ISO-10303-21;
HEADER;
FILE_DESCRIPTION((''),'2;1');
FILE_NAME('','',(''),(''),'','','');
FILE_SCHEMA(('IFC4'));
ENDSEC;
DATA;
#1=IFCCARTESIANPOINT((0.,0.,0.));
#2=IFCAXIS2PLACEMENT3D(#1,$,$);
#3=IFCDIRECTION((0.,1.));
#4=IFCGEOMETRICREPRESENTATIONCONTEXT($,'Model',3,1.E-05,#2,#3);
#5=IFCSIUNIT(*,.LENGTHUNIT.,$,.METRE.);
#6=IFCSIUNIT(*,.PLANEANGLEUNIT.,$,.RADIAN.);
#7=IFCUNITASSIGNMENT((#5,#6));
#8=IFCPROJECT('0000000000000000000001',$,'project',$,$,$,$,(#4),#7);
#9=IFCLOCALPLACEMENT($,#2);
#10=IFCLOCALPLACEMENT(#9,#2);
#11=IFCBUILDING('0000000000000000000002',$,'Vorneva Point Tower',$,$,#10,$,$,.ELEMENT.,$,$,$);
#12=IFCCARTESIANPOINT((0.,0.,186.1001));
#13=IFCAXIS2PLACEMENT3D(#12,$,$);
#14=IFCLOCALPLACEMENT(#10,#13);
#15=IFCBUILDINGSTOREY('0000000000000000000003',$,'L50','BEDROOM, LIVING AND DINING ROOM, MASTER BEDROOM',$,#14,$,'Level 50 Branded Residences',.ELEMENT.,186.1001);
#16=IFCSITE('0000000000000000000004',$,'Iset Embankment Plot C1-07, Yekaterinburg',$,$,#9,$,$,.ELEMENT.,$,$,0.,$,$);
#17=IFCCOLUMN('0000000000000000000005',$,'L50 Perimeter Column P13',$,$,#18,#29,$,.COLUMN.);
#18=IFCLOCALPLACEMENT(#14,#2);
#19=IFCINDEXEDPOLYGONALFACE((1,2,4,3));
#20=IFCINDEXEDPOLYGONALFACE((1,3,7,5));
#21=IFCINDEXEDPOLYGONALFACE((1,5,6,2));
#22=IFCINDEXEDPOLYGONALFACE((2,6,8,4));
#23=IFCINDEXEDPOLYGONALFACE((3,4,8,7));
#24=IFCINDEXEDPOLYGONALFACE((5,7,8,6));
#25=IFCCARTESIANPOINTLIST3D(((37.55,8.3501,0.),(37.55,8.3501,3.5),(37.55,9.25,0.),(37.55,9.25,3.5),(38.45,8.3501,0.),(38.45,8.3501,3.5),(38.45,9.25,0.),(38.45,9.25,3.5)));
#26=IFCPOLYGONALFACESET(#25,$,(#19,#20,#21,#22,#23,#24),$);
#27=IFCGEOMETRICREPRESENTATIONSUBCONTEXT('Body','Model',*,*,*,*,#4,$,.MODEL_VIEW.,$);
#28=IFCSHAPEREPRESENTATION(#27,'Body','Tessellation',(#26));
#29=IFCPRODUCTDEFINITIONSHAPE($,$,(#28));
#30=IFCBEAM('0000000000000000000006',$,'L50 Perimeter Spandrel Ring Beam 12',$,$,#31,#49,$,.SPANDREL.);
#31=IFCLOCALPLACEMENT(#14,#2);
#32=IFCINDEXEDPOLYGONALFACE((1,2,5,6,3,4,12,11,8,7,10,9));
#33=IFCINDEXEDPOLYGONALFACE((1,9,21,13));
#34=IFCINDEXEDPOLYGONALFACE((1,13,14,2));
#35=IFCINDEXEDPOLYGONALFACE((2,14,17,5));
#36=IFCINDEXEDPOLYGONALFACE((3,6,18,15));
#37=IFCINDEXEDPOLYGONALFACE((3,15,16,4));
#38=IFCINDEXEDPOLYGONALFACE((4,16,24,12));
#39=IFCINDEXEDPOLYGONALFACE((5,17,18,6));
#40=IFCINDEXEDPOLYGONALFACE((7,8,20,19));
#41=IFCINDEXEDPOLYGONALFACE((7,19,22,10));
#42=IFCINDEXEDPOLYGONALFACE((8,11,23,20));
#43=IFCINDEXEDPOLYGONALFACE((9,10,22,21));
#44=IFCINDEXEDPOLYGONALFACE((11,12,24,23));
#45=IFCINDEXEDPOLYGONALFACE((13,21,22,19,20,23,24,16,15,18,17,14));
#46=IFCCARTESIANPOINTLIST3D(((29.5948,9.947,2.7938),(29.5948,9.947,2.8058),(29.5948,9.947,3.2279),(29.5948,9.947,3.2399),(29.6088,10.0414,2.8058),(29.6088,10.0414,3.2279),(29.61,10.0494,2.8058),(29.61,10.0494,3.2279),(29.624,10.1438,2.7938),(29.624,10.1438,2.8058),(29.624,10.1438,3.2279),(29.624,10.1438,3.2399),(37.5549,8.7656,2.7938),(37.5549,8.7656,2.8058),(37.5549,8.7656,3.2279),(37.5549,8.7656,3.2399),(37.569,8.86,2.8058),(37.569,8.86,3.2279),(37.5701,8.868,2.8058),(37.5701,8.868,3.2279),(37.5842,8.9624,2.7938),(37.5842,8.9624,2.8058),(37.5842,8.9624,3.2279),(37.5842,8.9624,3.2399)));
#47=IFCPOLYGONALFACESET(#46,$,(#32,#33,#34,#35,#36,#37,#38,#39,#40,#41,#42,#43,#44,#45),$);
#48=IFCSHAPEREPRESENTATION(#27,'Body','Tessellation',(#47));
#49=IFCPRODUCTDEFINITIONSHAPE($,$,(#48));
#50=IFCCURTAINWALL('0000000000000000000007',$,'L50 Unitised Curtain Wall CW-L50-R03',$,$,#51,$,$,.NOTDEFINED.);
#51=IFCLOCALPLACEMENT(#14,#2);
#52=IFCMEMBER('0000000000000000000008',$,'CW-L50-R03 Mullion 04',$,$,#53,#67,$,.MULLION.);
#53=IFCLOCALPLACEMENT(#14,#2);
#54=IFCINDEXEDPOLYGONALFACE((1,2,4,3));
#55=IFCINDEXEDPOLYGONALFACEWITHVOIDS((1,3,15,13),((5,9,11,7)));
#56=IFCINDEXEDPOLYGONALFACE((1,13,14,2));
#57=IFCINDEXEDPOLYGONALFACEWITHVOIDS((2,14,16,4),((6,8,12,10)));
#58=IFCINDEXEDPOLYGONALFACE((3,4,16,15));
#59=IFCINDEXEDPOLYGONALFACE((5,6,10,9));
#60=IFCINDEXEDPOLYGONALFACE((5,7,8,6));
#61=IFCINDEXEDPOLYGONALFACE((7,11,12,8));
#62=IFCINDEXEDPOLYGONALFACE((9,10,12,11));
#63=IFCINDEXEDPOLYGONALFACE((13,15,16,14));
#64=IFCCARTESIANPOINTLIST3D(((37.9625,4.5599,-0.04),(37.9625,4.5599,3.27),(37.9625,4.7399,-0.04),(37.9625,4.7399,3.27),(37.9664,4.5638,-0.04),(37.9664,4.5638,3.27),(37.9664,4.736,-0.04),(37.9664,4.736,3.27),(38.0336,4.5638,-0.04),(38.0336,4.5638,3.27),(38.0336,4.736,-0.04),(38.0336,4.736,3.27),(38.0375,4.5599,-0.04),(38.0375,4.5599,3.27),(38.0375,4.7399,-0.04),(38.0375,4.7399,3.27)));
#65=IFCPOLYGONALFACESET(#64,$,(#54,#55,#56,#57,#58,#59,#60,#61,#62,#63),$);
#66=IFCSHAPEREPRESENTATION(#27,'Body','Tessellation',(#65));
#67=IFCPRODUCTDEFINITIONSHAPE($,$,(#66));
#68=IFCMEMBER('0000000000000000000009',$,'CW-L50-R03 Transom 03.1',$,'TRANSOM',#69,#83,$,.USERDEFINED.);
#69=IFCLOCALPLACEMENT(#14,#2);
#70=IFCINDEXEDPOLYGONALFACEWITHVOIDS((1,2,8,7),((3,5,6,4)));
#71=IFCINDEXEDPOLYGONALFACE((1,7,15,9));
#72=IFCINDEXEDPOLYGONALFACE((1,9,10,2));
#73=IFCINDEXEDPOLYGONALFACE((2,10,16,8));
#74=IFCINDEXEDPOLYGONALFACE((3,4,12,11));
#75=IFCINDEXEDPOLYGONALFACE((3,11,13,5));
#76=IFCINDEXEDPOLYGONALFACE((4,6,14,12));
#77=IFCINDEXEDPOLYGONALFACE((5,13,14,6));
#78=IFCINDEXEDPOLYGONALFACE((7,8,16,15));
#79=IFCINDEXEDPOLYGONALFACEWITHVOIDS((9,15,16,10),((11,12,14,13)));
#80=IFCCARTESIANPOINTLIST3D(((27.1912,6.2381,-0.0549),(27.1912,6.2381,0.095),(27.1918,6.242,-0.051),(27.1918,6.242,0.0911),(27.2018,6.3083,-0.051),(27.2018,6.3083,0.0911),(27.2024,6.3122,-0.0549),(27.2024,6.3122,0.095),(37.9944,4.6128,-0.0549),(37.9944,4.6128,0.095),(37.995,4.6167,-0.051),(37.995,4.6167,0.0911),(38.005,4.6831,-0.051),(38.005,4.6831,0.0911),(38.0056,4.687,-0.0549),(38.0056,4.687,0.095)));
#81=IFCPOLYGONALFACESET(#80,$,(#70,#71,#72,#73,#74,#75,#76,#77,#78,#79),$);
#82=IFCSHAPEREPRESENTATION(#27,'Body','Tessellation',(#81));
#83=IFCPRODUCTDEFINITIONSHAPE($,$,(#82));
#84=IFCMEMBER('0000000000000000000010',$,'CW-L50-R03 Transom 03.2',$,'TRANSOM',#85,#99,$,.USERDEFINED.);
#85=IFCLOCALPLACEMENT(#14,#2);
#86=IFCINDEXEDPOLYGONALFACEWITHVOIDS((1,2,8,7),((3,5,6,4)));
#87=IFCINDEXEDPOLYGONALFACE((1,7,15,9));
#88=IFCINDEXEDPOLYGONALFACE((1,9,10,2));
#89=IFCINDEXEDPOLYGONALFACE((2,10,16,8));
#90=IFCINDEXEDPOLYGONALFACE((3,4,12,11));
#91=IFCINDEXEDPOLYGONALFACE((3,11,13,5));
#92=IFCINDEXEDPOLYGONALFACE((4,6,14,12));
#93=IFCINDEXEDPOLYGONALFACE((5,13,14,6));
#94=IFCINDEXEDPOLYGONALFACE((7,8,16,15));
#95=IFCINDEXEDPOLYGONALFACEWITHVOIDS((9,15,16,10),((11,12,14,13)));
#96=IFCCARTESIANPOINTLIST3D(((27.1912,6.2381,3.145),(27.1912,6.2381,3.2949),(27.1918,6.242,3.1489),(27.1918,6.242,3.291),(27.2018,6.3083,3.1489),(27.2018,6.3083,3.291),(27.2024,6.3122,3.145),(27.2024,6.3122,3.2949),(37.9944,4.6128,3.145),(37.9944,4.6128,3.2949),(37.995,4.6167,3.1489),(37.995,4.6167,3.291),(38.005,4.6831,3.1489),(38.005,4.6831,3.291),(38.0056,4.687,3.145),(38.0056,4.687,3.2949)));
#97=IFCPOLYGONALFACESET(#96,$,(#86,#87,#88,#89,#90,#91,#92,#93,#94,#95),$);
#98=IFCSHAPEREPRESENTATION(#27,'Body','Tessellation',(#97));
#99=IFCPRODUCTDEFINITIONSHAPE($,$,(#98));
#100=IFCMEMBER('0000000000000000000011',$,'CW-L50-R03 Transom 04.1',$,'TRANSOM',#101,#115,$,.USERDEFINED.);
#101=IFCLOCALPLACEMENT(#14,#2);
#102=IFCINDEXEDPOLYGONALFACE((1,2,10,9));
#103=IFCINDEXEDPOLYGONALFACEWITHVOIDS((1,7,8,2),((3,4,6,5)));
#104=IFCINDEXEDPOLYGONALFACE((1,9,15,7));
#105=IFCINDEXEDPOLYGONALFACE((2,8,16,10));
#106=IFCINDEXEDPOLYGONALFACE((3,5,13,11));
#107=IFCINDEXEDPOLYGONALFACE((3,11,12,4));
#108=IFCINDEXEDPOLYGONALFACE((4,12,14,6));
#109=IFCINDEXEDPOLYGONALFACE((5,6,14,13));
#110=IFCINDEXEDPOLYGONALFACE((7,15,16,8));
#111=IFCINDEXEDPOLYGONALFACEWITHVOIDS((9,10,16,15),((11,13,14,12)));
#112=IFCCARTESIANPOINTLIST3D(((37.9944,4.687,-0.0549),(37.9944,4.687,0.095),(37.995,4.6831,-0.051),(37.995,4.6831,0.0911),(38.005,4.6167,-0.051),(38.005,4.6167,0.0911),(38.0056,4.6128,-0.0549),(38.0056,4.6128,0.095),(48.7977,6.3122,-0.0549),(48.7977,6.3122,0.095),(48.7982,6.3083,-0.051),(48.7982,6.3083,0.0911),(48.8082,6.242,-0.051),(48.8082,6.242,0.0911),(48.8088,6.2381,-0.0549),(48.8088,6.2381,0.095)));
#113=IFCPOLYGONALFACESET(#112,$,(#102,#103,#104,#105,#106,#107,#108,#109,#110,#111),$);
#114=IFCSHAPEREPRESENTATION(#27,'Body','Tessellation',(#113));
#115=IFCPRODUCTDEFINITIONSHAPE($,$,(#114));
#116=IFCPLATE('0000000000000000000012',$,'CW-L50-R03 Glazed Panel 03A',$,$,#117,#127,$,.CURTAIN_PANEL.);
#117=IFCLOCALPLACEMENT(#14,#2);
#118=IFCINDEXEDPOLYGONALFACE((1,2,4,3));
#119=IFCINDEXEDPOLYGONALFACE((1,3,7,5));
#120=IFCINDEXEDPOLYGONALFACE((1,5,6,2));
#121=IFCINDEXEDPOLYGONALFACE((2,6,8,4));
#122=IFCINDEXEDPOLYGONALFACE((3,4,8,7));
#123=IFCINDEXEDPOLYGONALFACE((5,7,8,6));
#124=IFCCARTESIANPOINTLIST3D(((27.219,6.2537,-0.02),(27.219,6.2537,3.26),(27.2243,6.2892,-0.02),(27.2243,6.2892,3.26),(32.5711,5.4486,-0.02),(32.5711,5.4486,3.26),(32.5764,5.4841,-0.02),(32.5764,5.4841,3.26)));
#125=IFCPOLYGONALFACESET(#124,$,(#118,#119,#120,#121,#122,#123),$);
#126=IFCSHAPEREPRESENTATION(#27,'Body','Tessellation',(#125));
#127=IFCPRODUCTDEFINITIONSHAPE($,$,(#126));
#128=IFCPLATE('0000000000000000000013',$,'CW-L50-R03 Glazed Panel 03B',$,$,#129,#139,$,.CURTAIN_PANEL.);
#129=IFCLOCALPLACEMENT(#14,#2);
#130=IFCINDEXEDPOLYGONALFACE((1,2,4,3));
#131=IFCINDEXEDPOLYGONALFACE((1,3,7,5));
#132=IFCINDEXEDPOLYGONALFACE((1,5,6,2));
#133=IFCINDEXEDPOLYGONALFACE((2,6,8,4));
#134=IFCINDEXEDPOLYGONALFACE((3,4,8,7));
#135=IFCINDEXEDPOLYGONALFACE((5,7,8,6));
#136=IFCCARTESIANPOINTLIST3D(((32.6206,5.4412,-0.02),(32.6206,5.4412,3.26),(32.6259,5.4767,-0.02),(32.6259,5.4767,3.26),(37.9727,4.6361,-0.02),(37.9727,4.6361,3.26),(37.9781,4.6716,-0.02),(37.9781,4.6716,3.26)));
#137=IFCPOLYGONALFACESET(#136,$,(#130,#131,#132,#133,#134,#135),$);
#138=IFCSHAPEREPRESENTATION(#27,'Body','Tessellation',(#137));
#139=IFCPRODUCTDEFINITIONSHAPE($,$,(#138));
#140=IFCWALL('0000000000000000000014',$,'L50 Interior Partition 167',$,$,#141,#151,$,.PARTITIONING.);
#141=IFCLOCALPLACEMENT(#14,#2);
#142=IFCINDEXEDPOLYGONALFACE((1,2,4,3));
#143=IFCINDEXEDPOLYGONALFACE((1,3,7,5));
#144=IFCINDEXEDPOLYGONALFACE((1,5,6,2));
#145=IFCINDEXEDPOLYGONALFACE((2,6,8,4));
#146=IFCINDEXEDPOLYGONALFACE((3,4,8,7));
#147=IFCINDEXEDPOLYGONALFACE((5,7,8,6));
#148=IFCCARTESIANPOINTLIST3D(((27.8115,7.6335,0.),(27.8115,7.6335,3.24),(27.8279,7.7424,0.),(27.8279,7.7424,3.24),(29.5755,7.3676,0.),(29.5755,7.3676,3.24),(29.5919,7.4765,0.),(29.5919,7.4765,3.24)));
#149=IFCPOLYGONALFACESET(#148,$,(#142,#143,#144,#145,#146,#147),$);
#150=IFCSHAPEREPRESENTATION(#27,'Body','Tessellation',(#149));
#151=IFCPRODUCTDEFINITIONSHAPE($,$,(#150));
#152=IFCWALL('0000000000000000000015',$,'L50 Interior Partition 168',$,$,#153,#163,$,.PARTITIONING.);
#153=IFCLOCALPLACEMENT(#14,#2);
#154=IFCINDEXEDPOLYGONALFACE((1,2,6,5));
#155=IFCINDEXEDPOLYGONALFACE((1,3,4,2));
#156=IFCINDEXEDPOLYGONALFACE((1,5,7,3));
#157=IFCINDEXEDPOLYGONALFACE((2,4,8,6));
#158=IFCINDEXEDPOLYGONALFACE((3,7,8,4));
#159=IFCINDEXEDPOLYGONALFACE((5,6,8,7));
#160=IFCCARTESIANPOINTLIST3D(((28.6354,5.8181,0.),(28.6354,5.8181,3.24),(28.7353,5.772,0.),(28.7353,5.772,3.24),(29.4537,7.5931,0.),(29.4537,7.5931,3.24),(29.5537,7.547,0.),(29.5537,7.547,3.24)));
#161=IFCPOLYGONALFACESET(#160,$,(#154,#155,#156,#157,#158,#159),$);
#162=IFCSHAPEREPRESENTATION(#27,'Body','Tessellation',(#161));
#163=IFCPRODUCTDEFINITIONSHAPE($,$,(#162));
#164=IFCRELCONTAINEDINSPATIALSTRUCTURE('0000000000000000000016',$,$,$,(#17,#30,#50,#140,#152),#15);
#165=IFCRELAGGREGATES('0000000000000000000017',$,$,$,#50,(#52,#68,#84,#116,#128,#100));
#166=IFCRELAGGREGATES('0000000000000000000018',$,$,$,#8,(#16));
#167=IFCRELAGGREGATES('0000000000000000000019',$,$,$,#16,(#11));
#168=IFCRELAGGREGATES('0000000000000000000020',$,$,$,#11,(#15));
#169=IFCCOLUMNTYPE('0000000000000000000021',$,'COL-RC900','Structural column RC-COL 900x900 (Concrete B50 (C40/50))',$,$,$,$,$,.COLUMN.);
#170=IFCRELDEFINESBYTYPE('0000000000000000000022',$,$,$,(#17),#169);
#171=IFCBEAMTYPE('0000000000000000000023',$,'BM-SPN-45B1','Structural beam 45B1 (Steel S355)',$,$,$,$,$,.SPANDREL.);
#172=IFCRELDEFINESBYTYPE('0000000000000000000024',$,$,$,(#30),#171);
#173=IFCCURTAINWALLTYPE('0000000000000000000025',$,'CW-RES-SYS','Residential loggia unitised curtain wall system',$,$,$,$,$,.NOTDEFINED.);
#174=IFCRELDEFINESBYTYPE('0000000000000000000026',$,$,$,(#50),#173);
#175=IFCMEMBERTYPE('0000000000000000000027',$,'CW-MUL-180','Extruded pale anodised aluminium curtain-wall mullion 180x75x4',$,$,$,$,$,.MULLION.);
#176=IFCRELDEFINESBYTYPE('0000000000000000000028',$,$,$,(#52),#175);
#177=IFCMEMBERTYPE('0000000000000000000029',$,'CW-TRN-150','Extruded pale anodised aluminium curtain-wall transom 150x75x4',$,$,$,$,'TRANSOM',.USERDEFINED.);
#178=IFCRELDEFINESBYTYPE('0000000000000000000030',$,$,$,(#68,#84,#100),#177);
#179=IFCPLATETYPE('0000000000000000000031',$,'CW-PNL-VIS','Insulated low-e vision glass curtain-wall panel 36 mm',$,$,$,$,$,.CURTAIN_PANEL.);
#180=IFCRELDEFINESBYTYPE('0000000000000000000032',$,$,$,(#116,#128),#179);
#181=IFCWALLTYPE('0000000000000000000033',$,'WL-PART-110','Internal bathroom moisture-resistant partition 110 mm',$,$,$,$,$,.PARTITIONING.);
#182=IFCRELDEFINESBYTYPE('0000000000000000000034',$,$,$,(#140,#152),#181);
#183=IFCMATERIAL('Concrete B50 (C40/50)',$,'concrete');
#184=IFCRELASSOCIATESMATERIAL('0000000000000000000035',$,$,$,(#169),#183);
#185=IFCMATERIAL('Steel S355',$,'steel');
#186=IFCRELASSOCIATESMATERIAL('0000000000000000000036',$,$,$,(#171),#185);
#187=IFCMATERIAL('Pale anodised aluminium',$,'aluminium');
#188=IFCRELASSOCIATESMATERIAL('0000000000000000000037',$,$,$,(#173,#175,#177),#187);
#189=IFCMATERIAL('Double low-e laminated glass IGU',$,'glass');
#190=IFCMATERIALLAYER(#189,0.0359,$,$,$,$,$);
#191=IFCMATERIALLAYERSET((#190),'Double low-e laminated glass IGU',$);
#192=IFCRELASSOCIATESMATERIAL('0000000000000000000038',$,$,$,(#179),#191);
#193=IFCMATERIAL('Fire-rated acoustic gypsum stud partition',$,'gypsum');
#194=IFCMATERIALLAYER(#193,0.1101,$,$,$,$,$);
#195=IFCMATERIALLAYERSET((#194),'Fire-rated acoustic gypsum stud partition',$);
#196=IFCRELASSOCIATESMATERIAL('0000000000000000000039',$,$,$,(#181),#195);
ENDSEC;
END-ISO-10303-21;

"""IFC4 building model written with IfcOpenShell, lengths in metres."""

from ifc_helpers import new_model, si_unit, direction, frame, frame_2d, origin, origin_2d, place, context, subcontext, project, spatial, rectangle, hollow_rectangle, i_section, extrude, material, layer, layer_set, material_profile, profile_set, type_object, element, aggregate, save


model = new_model("IFC4")

# Units and contexts
model_context = context("Model", 3, precision=1e-05, world=origin(), true_north=direction((0.0, 1.0)))
body_context = subcontext(model_context, "Body", "Model", "MODEL_VIEW")
ifc_project = project(units=[si_unit("LENGTHUNIT", "METRE"), si_unit("PLANEANGLEUNIT", "RADIAN")], contexts=[model_context])

# Site, building, storey
site_placement = place(None, origin())
site = spatial("IfcSite", under=ifc_project, at=site_placement, Name="Iset Embankment Plot C1-07, Yekaterinburg", CompositionType="ELEMENT", RefElevation=0.0)
building_placement = place(site_placement, origin())
building = spatial("IfcBuilding", under=site, at=building_placement, Name="Vorneva Point Tower", CompositionType="ELEMENT")
storey_placement = place(building_placement, frame((0.0, 0.0, 186.1001)))
storey = spatial("IfcBuildingStorey", under=building, at=storey_placement, Name="L50", Description="BEDROOM, LIVING AND DINING ROOM, MASTER BEDROOM", LongName="Level 50 Branded Residences", CompositionType="ELEMENT", Elevation=186.1001)

# Column
ifc_material_1 = material(Name="Concrete B50 (C40/50)", Category="concrete")
ifc_material_profile_1 = material_profile(ifc_material_1, rectangle(XDim=0.8999, YDim=0.8999, at=origin_2d()), Name="RC-COL 900x900")
ifc_profile_set_1 = profile_set([ifc_material_profile_1], Name="Concrete B50 (C40/50)")
column_type = type_object("IfcColumnType", Name="COL-RC900", Description="Structural column RC-COL 900x900 (Concrete B50 (C40/50))", PredefinedType="COLUMN", material=ifc_profile_set_1)
column_placement = place(storey_placement, frame((38.0, 8.8, 0.0), z_axis=(0.0, 0.0, 1.0), x_axis=(0.0, -1.0, 0.0)))
element("IfcColumn", 1, at=column_placement, inside=storey, type_object=column_type, Name="L50 Perimeter Column P13", PredefinedType="COLUMN", context=body_context, shape_type="SweptSolid", body=[
    extrude(rectangle(XDim=0.8999, YDim=0.8999, at=origin_2d()), origin(), (0.0, 0.0, 1.0), 3.5),
])

# Beam
ifc_material_2 = material(Name="Steel S355", Category="steel")
ifc_material_profile_2 = material_profile(ifc_material_2, i_section(OverallWidth=0.199, OverallDepth=0.446, WebThickness=0.0081, FlangeThickness=0.012, at=origin_2d()), Name="45B1")
ifc_profile_set_2 = profile_set([ifc_material_profile_2], Name="Steel S355")
beam_type = type_object("IfcBeamType", Name="BM-SPN-45B1", Description="Structural beam 45B1 (Steel S355)", PredefinedType="SPANDREL", material=ifc_profile_set_2)
beam_placement = place(storey_placement, frame((29.6094, 10.0454, 3.0168), z_axis=(0.989165, -0.146805, 0.0), x_axis=(0.146805, 0.989165, 0.0)))
element("IfcBeam", 2, at=beam_placement, inside=storey, type_object=beam_type, Name="L50 Perimeter Spandrel Ring Beam 12", PredefinedType="SPANDREL", context=body_context, shape_type="SweptSolid", body=[
    extrude(i_section(OverallWidth=0.199, OverallDepth=0.446, WebThickness=0.0081, FlangeThickness=0.012, at=origin_2d()), origin(), (0.0, 0.0, 1.0), 8.0474),
])

# Curtain wall, members, plates
ifc_material_3 = material(Name="Pale anodised aluminium", Category="aluminium")
curtain_wall_type = type_object("IfcCurtainWallType", Name="CW-RES-SYS", Description="Residential loggia unitised curtain wall system", PredefinedType="NOTDEFINED", material=ifc_material_3)
curtain_wall_placement = place(storey_placement, origin())
curtain_wall = element("IfcCurtainWall", 3, at=curtain_wall_placement, inside=storey, type_object=curtain_wall_type, Name="L50 Unitised Curtain Wall CW-L50-R03", PredefinedType="NOTDEFINED")
ifc_material_profile_3 = material_profile(ifc_material_3, hollow_rectangle(XDim=0.075, YDim=0.1799, WallThickness=0.0039, at=origin_2d()), Name="AL-MUL 180x75x4")
ifc_profile_set_3 = profile_set([ifc_material_profile_3], Name="Pale anodised aluminium")
member_type_1 = type_object("IfcMemberType", Name="CW-MUL-180", Description="Extruded pale anodised aluminium curtain-wall mullion 180x75x4", PredefinedType="MULLION", material=ifc_profile_set_3)
member_1_placement = place(storey_placement, frame((38.0, 4.6499, -0.04), z_axis=(0.0, 0.0, 1.0), x_axis=(1.0, 0.0, 0.0)))
member_1 = element("IfcMember", 4, at=member_1_placement, type_object=member_type_1, Name="CW-L50-R03 Mullion 04", PredefinedType="MULLION", context=body_context, shape_type="SweptSolid", body=[
    extrude(hollow_rectangle(XDim=0.075, YDim=0.1799, WallThickness=0.0039, at=origin_2d()), origin(), (0.0, 0.0, 1.0), 3.3101),
])
ifc_material_profile_4 = material_profile(ifc_material_3, hollow_rectangle(XDim=0.075, YDim=0.1499, WallThickness=0.0039, at=origin_2d()), Name="AL-TRN 150x75x4")
ifc_profile_set_4 = profile_set([ifc_material_profile_4], Name="Pale anodised aluminium")
member_type_2 = type_object("IfcMemberType", Name="CW-TRN-150", Description="Extruded pale anodised aluminium curtain-wall transom 150x75x4", ElementType="TRANSOM", PredefinedType="USERDEFINED", material=ifc_profile_set_4)
member_2_placement = place(storey_placement, frame((27.1968, 6.2751, 0.02), z_axis=(0.988872, -0.148767, 0.0), x_axis=(0.148767, 0.988872, 0.0)))
member_2 = element("IfcMember", 5, at=member_2_placement, type_object=member_type_2, Name="CW-L50-R03 Transom 03.1", ObjectType="TRANSOM", PredefinedType="USERDEFINED", context=body_context, shape_type="SweptSolid", body=[
    extrude(hollow_rectangle(XDim=0.075, YDim=0.1499, WallThickness=0.0039, at=origin_2d()), origin(), (0.0, 0.0, 1.0), 10.9248),
])
member_3_placement = place(storey_placement, frame((27.1968, 6.2751, 3.22), z_axis=(0.988872, -0.148767, 0.0), x_axis=(0.148767, 0.988872, 0.0)))
member_3 = element("IfcMember", 6, at=member_3_placement, type_object=member_type_2, Name="CW-L50-R03 Transom 03.2", ObjectType="TRANSOM", PredefinedType="USERDEFINED", context=body_context, shape_type="SweptSolid", body=[
    extrude(hollow_rectangle(XDim=0.075, YDim=0.1499, WallThickness=0.0039, at=origin_2d()), origin(), (0.0, 0.0, 1.0), 10.9248),
])
member_4_placement = place(storey_placement, frame((38.0, 4.6499, 0.02), z_axis=(0.988872, 0.148767, 0.0), x_axis=(-0.148767, 0.988872, 0.0)))
member_4 = element("IfcMember", 7, at=member_4_placement, type_object=member_type_2, Name="CW-L50-R03 Transom 04.1", ObjectType="TRANSOM", PredefinedType="USERDEFINED", context=body_context, shape_type="SweptSolid", body=[
    extrude(hollow_rectangle(XDim=0.075, YDim=0.1499, WallThickness=0.0039, at=origin_2d()), origin(), (0.0, 0.0, 1.0), 10.9248),
])
ifc_material_4 = material(Name="Double low-e laminated glass IGU", Category="glass")
ifc_layer_1 = layer(ifc_material_4, 0.0359)
ifc_layer_set_1 = layer_set([ifc_layer_1], Name="Double low-e laminated glass IGU")
plate_type = type_object("IfcPlateType", Name="CW-PNL-VIS", Description="Insulated low-e vision glass curtain-wall panel 36 mm", PredefinedType="CURTAIN_PANEL", material=ifc_layer_set_1)
plate_1_placement = place(storey_placement, frame((29.8977, 5.8689, -0.02), z_axis=(0.0, 0.0, 1.0), x_axis=(0.988874, -0.148759, 0.0)))
plate_1 = element("IfcPlate", 8, at=plate_1_placement, type_object=plate_type, Name="CW-L50-R03 Glazed Panel 03A", PredefinedType="CURTAIN_PANEL", context=body_context, shape_type="SweptSolid", body=[
    extrude(rectangle(XDim=5.4124, YDim=0.0359, at=origin_2d()), origin(), (0.0, 0.0, 1.0), 3.28),
])
plate_2_placement = place(storey_placement, frame((35.2993, 5.0564, -0.02), z_axis=(0.0, 0.0, 1.0), x_axis=(0.988874, -0.148759, 0.0)))
plate_2 = element("IfcPlate", 9, at=plate_2_placement, type_object=plate_type, Name="CW-L50-R03 Glazed Panel 03B", PredefinedType="CURTAIN_PANEL", context=body_context, shape_type="SweptSolid", body=[
    extrude(rectangle(XDim=5.4124, YDim=0.0359, at=origin_2d()), origin(), (0.0, 0.0, 1.0), 3.28),
])
aggregate(curtain_wall, [member_1, member_2, member_3, plate_1, plate_2, member_4])

# Walls
ifc_material_5 = material(Name="Fire-rated acoustic gypsum stud partition", Category="gypsum")
ifc_layer_2 = layer(ifc_material_5, 0.1101)
ifc_layer_set_2 = layer_set([ifc_layer_2], Name="Fire-rated acoustic gypsum stud partition")
wall_type_1 = type_object("IfcWallType", Name="WL-PART-110", Description="Internal bathroom moisture-resistant partition 110 mm", PredefinedType="PARTITIONING", material=ifc_layer_set_2)
wall_1_placement = place(storey_placement, frame((27.8196, 7.688, 0.0), z_axis=(0.0, 0.0, 1.0), x_axis=(0.988831, -0.149043, 0.0)))
element("IfcWall", 10, at=wall_1_placement, inside=storey, type_object=wall_type_1, Name="L50 Interior Partition 167", PredefinedType="PARTITIONING", context=body_context, shape_type="SweptSolid", body=[
    extrude(rectangle(XDim=1.7839, YDim=0.1101, at=frame_2d((0.8921, 0.0))), origin(), (0.0, 0.0, 1.0), 3.24),
])
wall_2_placement = place(storey_placement, frame((29.5037, 7.5701, 0.0), z_axis=(0.0, 0.0, 1.0), x_axis=(-0.418662, -0.908142, 0.0)))
element("IfcWall", 11, at=wall_2_placement, inside=storey, type_object=wall_type_1, Name="L50 Interior Partition 168", PredefinedType="PARTITIONING", context=body_context, shape_type="SweptSolid", body=[
    extrude(rectangle(XDim=1.9546, YDim=0.1101, at=frame_2d((0.9773, 0.0))), origin(), (0.0, 0.0, 1.0), 3.24),
])

save(model, "model.ifc")
